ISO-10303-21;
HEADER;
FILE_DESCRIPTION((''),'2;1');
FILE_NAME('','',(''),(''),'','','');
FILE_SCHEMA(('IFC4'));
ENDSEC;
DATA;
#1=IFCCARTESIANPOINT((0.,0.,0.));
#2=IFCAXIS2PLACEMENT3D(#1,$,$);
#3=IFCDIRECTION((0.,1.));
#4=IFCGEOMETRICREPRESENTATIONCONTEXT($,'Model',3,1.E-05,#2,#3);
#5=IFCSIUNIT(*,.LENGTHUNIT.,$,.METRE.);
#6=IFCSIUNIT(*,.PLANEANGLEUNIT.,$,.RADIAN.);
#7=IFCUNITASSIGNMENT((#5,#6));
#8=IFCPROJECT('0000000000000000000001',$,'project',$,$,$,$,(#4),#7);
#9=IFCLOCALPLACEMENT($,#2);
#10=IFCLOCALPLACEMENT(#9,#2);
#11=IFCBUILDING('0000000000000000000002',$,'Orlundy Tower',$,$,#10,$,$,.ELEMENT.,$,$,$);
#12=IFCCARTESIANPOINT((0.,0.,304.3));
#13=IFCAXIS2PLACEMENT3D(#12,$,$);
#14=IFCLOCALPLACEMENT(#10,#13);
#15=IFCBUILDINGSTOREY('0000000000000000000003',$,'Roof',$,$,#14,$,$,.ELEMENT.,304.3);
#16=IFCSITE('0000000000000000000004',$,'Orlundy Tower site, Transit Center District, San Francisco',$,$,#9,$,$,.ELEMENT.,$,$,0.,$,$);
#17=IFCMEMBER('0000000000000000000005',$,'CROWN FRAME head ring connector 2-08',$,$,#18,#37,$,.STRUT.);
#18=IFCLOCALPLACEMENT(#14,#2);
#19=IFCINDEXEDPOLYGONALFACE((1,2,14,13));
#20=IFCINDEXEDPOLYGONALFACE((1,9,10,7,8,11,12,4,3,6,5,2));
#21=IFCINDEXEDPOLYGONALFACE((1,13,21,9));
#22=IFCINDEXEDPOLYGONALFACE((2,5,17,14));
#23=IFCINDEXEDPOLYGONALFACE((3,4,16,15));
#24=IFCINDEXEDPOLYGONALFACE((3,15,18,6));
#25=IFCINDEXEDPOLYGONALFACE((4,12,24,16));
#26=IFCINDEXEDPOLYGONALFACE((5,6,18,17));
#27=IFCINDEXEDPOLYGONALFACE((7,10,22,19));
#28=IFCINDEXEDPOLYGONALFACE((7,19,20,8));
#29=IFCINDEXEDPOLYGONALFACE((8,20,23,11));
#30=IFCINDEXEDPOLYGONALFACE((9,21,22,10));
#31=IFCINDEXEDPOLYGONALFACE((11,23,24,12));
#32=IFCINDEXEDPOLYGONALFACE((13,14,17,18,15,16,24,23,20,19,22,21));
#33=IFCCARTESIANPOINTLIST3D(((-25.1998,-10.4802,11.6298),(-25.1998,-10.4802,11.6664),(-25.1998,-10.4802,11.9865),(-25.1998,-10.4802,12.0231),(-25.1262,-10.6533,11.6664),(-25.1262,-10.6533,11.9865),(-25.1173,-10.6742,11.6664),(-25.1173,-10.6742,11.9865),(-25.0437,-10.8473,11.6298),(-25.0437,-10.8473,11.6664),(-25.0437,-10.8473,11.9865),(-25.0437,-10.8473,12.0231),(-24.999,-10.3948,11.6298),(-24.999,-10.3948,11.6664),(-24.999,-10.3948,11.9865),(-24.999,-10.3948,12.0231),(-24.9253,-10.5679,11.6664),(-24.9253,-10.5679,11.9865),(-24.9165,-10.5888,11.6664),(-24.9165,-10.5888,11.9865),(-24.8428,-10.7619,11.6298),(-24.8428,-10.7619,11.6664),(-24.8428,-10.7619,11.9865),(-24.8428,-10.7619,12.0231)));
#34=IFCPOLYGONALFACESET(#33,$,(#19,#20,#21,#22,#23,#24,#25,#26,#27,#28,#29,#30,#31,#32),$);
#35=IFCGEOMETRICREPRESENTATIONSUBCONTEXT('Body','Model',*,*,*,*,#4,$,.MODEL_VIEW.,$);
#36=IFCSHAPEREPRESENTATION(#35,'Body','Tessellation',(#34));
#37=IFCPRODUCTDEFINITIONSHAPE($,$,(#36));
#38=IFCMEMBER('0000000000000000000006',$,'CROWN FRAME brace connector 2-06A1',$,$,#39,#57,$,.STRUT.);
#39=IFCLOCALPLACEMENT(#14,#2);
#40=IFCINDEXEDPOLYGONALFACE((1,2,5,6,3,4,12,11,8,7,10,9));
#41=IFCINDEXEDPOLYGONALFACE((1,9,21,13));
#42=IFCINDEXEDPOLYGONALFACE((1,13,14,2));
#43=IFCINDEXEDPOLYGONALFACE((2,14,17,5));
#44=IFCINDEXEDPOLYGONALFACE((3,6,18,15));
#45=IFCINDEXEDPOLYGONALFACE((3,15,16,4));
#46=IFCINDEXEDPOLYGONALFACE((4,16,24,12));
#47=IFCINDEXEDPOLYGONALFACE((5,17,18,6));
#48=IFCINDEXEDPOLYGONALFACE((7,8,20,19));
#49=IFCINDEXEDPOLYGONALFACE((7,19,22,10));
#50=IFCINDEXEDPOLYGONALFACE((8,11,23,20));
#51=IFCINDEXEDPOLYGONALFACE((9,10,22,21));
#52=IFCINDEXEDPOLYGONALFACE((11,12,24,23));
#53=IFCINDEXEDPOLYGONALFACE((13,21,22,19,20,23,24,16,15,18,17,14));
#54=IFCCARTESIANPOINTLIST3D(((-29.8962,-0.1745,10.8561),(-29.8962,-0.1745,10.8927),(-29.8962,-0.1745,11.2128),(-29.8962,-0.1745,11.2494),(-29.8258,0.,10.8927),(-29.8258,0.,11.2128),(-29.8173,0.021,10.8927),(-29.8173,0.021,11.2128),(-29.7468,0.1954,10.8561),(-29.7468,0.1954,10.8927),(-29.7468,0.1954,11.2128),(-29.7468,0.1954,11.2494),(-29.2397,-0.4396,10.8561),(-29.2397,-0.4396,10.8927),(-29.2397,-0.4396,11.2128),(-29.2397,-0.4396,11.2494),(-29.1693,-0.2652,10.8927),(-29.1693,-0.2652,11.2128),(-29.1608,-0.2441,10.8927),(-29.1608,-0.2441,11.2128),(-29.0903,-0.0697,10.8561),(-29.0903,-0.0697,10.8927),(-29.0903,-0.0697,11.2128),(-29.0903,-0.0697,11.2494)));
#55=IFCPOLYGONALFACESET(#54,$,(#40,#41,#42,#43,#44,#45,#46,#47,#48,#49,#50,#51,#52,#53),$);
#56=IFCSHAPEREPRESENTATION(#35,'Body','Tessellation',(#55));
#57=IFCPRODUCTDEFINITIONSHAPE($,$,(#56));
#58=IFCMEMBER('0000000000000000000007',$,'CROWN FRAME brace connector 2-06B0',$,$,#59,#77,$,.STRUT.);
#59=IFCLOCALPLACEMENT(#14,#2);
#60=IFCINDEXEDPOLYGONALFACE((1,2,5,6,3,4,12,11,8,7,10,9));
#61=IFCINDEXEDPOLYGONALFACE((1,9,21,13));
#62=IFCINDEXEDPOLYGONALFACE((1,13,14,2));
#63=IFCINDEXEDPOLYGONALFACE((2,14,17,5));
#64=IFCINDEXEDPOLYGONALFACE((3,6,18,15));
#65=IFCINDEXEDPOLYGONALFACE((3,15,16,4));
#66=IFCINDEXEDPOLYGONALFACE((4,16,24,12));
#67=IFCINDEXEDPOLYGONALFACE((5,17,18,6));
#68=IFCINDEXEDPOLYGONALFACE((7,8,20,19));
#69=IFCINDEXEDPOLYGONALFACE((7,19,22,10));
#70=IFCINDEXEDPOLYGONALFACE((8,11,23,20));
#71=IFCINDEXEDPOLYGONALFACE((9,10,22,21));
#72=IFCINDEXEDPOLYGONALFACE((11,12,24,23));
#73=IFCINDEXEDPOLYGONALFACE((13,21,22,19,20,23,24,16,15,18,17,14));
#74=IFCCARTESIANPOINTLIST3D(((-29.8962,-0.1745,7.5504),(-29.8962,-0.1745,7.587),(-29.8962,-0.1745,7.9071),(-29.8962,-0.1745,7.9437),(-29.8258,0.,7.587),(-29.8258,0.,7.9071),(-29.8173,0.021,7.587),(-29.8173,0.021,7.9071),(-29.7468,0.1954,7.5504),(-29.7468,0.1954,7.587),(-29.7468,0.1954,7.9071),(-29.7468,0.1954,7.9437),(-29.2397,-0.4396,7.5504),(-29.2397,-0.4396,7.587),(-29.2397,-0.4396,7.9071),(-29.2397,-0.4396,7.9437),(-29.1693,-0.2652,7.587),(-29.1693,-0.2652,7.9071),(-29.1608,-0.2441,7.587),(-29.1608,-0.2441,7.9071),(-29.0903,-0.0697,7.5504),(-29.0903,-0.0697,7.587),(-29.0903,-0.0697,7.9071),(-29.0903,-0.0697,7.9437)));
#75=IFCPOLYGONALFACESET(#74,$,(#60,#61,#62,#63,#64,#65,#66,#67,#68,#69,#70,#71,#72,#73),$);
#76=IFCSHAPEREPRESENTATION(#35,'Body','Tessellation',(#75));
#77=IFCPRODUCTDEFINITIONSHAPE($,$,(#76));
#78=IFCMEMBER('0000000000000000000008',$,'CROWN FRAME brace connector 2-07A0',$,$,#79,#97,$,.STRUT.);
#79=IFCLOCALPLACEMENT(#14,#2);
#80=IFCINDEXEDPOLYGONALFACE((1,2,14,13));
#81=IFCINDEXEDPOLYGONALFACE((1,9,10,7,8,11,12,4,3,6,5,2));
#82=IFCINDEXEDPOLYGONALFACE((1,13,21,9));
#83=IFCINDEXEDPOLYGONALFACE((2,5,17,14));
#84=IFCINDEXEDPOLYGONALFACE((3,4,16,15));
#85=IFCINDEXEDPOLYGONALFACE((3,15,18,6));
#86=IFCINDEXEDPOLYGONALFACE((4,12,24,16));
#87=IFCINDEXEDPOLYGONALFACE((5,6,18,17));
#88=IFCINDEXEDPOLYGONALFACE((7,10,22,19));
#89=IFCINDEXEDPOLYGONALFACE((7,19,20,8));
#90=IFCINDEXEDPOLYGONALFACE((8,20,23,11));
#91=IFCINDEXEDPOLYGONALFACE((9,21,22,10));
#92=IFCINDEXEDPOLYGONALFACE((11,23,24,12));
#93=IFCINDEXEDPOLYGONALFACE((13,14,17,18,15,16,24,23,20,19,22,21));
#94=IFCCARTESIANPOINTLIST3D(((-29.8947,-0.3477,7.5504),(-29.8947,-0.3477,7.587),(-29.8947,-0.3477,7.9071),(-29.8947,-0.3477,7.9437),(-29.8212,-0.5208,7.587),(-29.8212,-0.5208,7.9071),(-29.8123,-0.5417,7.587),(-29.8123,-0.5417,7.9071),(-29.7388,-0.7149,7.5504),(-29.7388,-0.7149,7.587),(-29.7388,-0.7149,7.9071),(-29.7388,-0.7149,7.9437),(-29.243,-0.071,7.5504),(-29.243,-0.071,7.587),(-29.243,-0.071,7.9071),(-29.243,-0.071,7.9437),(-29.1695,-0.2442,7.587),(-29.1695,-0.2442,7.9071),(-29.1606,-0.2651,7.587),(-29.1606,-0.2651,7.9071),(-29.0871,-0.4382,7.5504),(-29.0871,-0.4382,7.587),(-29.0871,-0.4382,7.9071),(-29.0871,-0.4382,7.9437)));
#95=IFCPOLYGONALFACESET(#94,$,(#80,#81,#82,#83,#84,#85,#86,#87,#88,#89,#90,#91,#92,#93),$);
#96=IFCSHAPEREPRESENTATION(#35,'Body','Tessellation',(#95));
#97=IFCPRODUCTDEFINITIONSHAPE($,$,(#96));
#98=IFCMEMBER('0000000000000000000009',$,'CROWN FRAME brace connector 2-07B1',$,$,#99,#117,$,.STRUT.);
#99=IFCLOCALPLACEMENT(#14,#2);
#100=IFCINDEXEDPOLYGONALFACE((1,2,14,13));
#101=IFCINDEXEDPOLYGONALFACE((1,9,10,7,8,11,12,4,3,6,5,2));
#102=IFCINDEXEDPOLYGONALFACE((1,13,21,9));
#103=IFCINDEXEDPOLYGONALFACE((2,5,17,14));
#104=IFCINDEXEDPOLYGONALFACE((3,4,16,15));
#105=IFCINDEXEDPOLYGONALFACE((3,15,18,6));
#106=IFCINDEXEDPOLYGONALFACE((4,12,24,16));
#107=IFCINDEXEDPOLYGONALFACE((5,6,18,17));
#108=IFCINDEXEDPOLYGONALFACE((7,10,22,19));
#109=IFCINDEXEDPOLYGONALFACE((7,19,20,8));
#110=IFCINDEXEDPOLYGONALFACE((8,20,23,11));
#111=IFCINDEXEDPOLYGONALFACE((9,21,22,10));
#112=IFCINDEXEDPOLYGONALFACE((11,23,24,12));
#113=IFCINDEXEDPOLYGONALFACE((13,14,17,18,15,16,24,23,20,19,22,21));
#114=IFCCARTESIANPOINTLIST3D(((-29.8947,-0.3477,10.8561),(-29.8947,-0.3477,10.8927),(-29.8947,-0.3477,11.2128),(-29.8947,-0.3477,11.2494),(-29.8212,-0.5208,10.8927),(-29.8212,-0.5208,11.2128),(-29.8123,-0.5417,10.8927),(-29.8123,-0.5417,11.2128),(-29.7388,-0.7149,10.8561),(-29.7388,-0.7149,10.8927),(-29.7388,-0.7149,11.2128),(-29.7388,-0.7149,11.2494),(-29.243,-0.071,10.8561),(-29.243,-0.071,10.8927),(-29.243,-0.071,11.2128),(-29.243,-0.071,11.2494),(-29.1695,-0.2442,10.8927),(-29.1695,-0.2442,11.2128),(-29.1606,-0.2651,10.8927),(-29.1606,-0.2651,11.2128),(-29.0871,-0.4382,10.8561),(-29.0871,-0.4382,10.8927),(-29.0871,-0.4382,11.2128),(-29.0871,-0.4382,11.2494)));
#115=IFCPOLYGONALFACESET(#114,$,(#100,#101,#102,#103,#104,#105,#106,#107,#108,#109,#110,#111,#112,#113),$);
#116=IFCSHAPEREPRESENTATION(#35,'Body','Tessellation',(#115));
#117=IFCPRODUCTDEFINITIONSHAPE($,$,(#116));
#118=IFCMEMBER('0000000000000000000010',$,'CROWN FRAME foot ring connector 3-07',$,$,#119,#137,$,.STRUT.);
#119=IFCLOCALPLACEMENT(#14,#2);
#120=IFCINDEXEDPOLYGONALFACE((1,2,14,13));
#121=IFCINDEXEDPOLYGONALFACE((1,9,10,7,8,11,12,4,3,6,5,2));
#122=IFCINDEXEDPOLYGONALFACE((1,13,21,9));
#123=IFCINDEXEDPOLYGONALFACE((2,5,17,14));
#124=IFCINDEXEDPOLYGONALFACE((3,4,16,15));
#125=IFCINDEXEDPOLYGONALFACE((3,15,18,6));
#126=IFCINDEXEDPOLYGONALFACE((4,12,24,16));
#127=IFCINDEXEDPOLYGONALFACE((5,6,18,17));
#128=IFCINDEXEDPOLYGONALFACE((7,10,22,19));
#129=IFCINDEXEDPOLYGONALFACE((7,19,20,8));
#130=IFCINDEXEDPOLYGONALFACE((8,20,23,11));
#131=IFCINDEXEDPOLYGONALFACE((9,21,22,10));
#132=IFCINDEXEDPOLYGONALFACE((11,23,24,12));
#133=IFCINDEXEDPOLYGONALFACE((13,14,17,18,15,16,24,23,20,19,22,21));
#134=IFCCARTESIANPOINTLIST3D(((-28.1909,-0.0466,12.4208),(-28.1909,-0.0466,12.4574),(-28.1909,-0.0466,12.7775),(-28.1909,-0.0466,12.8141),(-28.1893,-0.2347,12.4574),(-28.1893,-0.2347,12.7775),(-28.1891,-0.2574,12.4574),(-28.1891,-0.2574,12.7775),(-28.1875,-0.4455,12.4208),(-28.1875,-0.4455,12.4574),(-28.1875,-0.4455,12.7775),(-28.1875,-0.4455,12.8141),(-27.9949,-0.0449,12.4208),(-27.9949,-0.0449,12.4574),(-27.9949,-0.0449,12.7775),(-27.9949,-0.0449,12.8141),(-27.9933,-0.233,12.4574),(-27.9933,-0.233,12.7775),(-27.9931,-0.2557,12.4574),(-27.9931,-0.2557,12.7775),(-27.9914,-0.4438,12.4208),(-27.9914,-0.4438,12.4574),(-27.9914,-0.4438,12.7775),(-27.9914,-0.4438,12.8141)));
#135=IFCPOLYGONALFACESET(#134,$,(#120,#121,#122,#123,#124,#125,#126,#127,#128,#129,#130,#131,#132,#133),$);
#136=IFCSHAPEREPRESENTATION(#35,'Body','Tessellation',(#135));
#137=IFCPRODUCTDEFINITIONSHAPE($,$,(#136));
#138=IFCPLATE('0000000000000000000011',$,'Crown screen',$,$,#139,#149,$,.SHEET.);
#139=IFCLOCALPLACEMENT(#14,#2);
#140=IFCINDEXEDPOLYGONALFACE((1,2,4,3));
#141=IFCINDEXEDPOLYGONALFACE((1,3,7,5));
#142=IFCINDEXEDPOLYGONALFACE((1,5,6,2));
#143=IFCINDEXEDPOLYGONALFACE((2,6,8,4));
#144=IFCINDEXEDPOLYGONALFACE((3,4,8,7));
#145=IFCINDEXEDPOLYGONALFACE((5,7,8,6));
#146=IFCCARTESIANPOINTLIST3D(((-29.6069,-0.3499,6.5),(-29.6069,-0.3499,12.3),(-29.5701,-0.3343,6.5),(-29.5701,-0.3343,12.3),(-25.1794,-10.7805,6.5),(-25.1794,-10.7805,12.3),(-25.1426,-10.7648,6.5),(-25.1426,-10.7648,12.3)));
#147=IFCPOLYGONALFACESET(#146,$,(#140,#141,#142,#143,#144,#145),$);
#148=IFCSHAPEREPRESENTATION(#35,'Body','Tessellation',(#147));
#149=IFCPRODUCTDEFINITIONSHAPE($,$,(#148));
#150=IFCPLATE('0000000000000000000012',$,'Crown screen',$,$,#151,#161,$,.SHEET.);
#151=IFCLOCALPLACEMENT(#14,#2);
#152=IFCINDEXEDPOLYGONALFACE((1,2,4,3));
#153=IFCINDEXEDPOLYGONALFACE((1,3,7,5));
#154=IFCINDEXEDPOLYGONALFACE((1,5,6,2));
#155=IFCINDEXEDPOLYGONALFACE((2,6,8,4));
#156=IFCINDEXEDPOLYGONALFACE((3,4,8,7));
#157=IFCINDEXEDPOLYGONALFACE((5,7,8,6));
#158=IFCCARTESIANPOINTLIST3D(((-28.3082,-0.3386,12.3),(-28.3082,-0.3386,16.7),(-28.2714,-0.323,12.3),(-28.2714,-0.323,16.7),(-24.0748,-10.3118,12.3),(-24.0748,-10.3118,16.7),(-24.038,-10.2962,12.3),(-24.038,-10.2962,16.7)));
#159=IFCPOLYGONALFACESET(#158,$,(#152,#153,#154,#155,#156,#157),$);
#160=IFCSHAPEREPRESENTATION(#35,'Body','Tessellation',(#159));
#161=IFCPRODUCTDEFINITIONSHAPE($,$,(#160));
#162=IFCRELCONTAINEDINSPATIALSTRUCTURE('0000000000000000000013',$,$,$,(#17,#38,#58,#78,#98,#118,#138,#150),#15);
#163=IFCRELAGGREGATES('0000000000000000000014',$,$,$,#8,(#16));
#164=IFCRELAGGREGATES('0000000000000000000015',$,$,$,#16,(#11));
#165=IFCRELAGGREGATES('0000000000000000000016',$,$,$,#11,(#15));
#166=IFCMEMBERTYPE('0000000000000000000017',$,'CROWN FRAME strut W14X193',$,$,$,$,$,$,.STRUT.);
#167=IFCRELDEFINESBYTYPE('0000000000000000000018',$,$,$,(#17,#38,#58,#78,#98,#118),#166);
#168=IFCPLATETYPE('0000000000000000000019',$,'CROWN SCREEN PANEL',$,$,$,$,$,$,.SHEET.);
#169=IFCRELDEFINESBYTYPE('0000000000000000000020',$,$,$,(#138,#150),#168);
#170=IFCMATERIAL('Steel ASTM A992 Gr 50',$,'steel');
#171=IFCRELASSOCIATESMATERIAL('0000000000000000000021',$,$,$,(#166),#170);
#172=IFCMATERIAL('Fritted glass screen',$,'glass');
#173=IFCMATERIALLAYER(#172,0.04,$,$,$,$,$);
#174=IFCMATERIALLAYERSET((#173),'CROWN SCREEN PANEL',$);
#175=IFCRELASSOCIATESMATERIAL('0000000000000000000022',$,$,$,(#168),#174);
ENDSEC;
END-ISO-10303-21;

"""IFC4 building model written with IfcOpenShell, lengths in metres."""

from ifc_helpers import new_model, si_unit, direction, frame, origin, origin_2d, place, context, subcontext, project, spatial, rectangle, i_section, extrude, material, layer, layer_set, material_profile, profile_set, type_object, element, save


model = new_model("IFC4")

# Units and contexts
model_context = context("Model", 3, precision=1e-05, world=origin(), true_north=direction((0.0, 1.0)))
body_context = subcontext(model_context, "Body", "Model", "MODEL_VIEW")
ifc_project = project(units=[si_unit("LENGTHUNIT", "METRE"), si_unit("PLANEANGLEUNIT", "RADIAN")], contexts=[model_context])

# Site, building, storey
site_placement = place(None, origin())
site = spatial("IfcSite", under=ifc_project, at=site_placement, Name="Orlundy Tower site, Transit Center District, San Francisco", CompositionType="ELEMENT", RefElevation=0.0)
building_placement = place(site_placement, origin())
building = spatial("IfcBuilding", under=site, at=building_placement, Name="Orlundy Tower", CompositionType="ELEMENT")
storey_placement = place(building_placement, frame((0.0, 0.0, 304.3)))
storey = spatial("IfcBuildingStorey", under=building, at=storey_placement, Name="Roof", CompositionType="ELEMENT", Elevation=304.3)

# Members
ifc_material_1 = material(Name="Steel ASTM A992 Gr 50", Category="steel")
ifc_material_profile_1 = material_profile(ifc_material_1, i_section(OverallWidth=0.3989, OverallDepth=0.3933, WebThickness=0.0227, FlangeThickness=0.0366, at=origin_2d()), Name="W14X193")
ifc_profile_set_1 = profile_set([ifc_material_profile_1], Name="Steel ASTM A992 Gr 50")
member_type_1 = type_object("IfcMemberType", Name="CROWN FRAME strut W14X193", PredefinedType="STRUT", material=ifc_profile_set_1)
member_1_placement = place(storey_placement, frame((-24.9209, -10.5784, 11.8264), z_axis=(-0.92024, -0.391354, 0.0), x_axis=(0.391354, -0.92024, 0.0)))
element("IfcMember", 1, at=member_1_placement, inside=storey, type_object=member_type_1, Name="CROWN FRAME head ring connector 2-08", PredefinedType="STRUT", context=body_context, shape_type="SweptSolid", body=[
    extrude(i_section(OverallWidth=0.3989, OverallDepth=0.3933, WebThickness=0.0227, FlangeThickness=0.0366, at=origin_2d()), origin(), (0.0, 0.0, 1.0), 0.2183),
])
for number, where, z_axis, x_axis, name in (
    (2, (-29.165, -0.2546, 11.0527), (-0.927235, 0.37448, 0.0), (-0.37448, -0.927235, 0.0), "CROWN FRAME brace connector 2-06A1"),
    (3, (-29.165, -0.2546, 7.7471), (-0.927235, 0.37448, 0.0), (-0.37448, -0.927235, 0.0), "CROWN FRAME brace connector 2-06B0"),
    (4, (-29.165, -0.2546, 7.7471), (-0.920495, -0.390754, 0.0), (0.390754, -0.920495, 0.0), "CROWN FRAME brace connector 2-07A0"),
    (5, (-29.165, -0.2546, 11.0527), (-0.920495, -0.390754, 0.0), (0.390754, -0.920495, 0.0), "CROWN FRAME brace connector 2-07B1"),
):
    element("IfcMember", number, at=place(storey_placement, frame(where, z_axis=z_axis, x_axis=x_axis)), inside=storey, type_object=member_type_1, Name=name, PredefinedType="STRUT", context=body_context, shape_type="SweptSolid", body=[
        extrude(i_section(OverallWidth=0.3989, OverallDepth=0.3933, WebThickness=0.0227, FlangeThickness=0.0366, at=origin_2d()), origin(), (0.0, 0.0, 1.0), 0.708),
    ])
member_2_placement = place(storey_placement, frame((-27.9932, -0.2444, 12.6174), z_axis=(-0.999962, -0.008717, 0.0), x_axis=(0.008717, -0.999962, 0.0)))
element("IfcMember", 6, at=member_2_placement, inside=storey, type_object=member_type_1, Name="CROWN FRAME foot ring connector 3-07", PredefinedType="STRUT", context=body_context, shape_type="SweptSolid", body=[
    extrude(i_section(OverallWidth=0.3989, OverallDepth=0.3933, WebThickness=0.0227, FlangeThickness=0.0366, at=origin_2d()), origin(), (0.0, 0.0, 1.0), 0.196),
])

# Plates
ifc_material_2 = material(Name="Fritted glass screen", Category="glass")
ifc_layer = layer(ifc_material_2, 0.04)
ifc_layer_set = layer_set([ifc_layer], Name="CROWN SCREEN PANEL")
plate_type = type_object("IfcPlateType", Name="CROWN SCREEN PANEL", PredefinedType="SHEET", material=ifc_layer_set)
plate_1_placement = place(storey_placement, frame((-27.3748, -5.5574, 6.5), z_axis=(0.0, 0.0, 1.0), x_axis=(0.390731, -0.920505, 0.0)))
element("IfcPlate", 7, at=plate_1_placement, inside=storey, type_object=plate_type, Name="Crown screen", PredefinedType="SHEET", context=body_context, shape_type="SweptSolid", body=[
    extrude(rectangle(XDim=11.3313, YDim=0.04, at=origin_2d()), origin(), (0.0, 0.0, 1.0), 5.8),
])
plate_2_placement = place(storey_placement, frame((-26.1731, -5.3174, 12.3), z_axis=(0.0, 0.0, 1.0), x_axis=(0.390731, -0.920505, 0.0)))
element("IfcPlate", 8, at=plate_2_placement, inside=storey, type_object=plate_type, Name="Crown screen", PredefinedType="SHEET", context=body_context, shape_type="SweptSolid", body=[
    extrude(rectangle(XDim=10.8345, YDim=0.04, at=origin_2d()), origin(), (0.0, 0.0, 1.0), 4.3999),
])

save(model, "model.ifc")
